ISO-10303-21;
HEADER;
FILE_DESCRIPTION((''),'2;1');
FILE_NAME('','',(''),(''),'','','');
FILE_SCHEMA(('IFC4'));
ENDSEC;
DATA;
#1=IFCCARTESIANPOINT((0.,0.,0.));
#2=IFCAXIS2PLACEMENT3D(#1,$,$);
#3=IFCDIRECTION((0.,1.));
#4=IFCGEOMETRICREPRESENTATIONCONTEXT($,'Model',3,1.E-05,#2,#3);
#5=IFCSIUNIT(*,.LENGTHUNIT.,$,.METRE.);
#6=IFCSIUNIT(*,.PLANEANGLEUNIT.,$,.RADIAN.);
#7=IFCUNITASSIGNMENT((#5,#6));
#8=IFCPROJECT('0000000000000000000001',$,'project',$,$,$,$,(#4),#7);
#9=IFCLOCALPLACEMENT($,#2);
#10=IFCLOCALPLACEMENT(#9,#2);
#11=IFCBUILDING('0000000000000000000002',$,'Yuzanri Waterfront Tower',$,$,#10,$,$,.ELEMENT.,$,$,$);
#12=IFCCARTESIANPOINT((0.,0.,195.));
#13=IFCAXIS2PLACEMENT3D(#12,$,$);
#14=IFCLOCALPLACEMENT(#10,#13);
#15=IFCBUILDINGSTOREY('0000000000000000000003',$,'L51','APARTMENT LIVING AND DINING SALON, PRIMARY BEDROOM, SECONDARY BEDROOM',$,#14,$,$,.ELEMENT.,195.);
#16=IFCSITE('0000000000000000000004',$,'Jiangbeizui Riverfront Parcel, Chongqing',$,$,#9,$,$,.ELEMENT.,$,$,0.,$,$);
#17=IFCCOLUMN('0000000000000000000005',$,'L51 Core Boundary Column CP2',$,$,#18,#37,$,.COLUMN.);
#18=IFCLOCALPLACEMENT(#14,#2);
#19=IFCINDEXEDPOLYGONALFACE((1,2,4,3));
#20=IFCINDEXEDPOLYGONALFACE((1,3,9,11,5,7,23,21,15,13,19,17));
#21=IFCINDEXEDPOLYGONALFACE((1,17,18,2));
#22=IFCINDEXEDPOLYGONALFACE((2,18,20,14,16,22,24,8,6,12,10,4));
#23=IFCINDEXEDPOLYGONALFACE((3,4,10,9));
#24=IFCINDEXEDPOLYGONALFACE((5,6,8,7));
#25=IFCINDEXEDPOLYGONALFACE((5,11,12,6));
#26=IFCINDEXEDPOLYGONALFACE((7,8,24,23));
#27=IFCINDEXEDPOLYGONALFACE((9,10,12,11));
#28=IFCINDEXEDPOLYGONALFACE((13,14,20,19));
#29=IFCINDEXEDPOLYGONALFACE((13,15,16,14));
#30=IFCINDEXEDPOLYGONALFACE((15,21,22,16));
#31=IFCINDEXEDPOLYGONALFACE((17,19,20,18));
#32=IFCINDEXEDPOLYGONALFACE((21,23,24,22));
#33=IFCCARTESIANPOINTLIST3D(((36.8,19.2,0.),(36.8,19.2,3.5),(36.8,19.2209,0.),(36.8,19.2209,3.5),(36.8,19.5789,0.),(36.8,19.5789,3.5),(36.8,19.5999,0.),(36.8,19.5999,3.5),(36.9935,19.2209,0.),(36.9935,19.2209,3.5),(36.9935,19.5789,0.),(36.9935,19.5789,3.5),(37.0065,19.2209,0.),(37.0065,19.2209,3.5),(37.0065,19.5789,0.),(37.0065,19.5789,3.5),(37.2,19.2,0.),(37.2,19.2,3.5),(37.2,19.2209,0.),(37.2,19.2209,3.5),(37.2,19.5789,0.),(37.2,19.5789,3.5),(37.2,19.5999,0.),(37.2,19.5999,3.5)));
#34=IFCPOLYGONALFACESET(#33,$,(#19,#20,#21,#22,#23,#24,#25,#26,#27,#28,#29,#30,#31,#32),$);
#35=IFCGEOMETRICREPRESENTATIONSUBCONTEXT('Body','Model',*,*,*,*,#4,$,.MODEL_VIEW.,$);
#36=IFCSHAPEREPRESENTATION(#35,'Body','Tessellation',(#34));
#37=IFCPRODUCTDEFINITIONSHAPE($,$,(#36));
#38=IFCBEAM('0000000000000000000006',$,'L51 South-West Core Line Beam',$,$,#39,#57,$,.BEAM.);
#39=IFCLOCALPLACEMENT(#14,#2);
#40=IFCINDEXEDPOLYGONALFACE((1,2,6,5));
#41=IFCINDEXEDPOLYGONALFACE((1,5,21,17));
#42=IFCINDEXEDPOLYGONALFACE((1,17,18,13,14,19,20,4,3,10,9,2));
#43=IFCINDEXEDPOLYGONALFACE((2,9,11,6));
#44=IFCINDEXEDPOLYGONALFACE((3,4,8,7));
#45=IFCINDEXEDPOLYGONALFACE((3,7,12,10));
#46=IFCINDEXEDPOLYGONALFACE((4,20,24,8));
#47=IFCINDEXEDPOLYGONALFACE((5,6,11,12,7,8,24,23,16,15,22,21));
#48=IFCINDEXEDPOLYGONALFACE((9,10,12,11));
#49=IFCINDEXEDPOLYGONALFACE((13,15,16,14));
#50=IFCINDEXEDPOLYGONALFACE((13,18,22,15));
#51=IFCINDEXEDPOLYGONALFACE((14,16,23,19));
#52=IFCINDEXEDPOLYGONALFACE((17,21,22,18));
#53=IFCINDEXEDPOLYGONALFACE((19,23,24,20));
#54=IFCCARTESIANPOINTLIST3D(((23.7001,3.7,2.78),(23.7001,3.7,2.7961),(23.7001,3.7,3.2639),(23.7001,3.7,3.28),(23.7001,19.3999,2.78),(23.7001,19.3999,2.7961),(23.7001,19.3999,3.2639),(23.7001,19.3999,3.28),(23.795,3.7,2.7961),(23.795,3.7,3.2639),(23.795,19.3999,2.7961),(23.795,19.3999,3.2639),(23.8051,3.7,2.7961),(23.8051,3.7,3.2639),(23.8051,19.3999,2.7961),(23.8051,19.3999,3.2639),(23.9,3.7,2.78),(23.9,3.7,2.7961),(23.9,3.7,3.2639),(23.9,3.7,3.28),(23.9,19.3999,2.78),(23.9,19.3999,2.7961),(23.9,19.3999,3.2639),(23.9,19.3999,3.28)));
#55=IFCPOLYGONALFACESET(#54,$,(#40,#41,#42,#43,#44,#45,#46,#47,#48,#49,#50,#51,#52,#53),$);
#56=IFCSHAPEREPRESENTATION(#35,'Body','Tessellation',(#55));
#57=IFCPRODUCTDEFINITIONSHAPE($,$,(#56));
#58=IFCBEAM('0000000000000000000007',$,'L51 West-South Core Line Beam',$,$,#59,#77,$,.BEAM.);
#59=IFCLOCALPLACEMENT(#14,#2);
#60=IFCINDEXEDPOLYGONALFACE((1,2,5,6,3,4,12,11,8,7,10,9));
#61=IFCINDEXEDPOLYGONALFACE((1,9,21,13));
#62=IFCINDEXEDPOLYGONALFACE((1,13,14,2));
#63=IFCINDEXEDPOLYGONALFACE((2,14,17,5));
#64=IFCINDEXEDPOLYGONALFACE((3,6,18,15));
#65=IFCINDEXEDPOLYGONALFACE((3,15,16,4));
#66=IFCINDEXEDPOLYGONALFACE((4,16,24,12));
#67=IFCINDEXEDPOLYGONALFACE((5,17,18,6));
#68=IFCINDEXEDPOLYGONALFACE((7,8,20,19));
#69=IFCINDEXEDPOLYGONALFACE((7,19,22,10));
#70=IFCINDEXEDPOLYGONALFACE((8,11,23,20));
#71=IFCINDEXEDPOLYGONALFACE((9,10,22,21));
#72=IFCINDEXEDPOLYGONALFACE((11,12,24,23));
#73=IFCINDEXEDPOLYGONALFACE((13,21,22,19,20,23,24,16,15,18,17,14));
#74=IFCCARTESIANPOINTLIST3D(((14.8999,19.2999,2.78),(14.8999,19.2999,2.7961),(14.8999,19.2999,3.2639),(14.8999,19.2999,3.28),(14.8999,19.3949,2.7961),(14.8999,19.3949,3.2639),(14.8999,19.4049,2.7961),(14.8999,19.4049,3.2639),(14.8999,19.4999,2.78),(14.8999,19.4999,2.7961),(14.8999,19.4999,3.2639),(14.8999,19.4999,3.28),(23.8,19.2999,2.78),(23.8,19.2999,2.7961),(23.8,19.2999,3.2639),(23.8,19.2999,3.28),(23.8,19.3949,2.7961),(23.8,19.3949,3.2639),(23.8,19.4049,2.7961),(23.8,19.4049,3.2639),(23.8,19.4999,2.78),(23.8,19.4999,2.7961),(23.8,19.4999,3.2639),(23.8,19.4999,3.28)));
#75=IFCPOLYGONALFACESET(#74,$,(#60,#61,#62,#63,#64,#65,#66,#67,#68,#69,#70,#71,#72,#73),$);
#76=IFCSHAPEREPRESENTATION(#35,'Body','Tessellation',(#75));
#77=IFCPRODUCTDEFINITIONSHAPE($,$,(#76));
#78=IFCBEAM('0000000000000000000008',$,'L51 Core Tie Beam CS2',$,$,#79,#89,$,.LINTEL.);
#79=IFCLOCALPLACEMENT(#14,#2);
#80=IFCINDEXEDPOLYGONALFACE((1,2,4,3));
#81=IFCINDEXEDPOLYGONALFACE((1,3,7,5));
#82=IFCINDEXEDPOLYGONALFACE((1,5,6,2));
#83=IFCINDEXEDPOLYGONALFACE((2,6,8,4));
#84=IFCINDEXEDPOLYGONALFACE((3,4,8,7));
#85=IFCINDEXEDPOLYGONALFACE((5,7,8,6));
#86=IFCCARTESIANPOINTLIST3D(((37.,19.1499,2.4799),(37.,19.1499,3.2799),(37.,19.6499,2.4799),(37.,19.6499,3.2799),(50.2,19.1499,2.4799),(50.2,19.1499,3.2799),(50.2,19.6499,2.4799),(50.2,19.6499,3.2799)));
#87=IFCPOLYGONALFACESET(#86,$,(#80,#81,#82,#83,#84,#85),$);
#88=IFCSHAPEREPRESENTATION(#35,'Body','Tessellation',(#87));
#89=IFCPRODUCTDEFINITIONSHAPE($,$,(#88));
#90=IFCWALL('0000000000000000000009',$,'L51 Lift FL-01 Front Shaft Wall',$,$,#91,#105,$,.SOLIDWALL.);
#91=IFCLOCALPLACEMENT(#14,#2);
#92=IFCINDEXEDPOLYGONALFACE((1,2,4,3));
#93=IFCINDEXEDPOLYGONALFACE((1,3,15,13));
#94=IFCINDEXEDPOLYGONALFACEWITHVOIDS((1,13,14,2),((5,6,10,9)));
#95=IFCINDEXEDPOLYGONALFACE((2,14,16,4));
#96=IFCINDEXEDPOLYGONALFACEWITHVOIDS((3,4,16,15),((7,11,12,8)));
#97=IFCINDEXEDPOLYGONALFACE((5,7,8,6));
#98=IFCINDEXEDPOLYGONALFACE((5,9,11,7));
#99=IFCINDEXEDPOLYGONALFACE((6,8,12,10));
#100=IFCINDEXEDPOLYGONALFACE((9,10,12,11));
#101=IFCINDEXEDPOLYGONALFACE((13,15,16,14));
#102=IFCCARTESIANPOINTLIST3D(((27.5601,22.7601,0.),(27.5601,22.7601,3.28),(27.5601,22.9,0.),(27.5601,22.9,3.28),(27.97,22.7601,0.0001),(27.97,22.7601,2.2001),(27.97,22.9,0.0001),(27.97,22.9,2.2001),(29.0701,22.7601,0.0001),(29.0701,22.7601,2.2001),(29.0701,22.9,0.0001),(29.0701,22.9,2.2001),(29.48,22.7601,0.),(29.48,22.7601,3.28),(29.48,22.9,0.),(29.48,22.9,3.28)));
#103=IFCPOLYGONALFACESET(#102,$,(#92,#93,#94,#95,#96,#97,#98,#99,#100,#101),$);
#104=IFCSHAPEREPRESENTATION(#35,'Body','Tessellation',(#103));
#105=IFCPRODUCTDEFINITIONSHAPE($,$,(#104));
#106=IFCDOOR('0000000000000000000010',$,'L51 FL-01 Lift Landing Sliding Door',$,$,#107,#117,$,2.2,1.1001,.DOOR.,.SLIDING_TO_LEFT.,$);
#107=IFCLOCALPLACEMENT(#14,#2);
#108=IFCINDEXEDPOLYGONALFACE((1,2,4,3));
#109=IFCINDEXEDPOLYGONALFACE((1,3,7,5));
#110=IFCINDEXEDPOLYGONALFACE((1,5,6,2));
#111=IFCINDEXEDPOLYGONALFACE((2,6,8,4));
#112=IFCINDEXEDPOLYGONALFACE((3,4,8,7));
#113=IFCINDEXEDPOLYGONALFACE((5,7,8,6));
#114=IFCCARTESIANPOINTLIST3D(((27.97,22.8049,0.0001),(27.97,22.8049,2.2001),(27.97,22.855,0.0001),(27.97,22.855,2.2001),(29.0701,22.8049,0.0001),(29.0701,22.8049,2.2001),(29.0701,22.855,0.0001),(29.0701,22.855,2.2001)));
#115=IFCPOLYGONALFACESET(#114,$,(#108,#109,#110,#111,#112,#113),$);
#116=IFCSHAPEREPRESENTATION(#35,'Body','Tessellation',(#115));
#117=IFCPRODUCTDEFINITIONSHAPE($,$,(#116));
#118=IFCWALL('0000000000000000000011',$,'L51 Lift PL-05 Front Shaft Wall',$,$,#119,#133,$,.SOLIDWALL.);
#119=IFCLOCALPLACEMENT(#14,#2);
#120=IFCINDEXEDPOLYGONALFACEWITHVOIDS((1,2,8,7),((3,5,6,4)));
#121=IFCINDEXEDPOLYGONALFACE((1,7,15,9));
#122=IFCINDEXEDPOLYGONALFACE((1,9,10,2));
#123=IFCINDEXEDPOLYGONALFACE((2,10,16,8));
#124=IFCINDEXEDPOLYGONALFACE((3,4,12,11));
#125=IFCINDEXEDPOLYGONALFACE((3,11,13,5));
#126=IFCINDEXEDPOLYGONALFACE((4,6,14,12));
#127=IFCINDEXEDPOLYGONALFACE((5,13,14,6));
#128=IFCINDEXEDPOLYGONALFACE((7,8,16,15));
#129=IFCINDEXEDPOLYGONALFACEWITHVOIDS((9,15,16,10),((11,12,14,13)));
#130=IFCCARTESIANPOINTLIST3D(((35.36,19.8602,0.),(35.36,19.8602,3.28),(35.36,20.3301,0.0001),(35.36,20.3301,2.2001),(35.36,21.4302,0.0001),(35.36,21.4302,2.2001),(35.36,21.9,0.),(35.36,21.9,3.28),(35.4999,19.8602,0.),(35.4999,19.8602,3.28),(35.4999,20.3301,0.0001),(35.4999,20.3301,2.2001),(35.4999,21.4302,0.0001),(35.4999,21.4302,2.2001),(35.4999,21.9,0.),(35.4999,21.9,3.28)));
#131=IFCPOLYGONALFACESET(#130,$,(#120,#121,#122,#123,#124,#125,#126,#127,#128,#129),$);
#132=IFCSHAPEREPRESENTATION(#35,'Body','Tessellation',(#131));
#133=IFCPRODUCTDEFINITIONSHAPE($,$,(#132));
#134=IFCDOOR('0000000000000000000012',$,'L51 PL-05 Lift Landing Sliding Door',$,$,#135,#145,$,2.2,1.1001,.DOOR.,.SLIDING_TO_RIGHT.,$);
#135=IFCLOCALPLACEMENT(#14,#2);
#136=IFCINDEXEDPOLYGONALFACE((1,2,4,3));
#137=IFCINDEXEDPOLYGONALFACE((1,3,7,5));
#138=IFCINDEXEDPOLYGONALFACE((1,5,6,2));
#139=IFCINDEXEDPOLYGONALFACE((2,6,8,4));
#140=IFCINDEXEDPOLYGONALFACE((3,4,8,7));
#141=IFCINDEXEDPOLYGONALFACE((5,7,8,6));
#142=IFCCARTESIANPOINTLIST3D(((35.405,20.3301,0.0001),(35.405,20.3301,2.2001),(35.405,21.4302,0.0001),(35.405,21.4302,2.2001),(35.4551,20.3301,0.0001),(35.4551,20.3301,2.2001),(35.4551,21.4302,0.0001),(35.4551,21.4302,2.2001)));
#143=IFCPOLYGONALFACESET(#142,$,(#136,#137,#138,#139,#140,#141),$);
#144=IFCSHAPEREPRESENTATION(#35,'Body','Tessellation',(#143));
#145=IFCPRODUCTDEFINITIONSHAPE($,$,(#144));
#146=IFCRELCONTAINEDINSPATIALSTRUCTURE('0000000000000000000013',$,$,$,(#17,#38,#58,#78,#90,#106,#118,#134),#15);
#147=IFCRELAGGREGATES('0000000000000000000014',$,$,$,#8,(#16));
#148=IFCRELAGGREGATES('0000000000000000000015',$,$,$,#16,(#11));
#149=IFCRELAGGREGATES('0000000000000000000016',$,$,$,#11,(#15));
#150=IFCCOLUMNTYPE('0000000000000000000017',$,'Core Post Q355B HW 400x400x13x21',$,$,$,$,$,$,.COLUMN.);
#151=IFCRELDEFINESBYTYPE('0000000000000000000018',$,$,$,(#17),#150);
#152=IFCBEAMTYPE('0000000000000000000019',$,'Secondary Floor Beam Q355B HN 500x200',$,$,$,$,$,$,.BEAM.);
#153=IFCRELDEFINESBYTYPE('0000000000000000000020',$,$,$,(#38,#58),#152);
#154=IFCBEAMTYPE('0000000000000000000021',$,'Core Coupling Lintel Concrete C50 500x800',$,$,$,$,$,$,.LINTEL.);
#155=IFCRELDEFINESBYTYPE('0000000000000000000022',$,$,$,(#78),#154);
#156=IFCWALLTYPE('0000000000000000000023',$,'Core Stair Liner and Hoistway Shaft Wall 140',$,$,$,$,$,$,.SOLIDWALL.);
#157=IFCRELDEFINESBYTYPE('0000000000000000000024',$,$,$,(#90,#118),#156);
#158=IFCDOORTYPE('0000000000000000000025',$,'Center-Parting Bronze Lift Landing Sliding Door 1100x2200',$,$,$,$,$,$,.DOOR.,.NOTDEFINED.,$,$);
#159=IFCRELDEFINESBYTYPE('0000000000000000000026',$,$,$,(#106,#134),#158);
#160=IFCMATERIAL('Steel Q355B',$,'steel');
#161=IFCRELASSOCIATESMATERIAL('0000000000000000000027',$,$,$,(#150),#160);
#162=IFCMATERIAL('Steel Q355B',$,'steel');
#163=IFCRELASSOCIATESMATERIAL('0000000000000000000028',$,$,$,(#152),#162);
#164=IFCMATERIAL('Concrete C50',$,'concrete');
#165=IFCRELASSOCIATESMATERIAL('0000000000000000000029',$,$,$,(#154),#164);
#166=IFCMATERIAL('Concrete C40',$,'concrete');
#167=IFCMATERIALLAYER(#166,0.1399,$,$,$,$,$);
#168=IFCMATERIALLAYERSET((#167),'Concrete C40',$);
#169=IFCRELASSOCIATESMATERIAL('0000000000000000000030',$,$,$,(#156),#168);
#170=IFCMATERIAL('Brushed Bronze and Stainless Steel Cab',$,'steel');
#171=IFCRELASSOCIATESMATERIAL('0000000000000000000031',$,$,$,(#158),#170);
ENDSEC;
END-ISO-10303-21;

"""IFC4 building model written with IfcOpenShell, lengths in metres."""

from ifc_helpers import new_model, si_unit, direction, frame, frame_2d, origin, origin_2d, place, context, subcontext, project, spatial, rectangle, i_section, extrude, source, transform, mapped, material, layer, layer_set, material_profile, profile_set, type_object, element, fill, save


model = new_model("IFC4")

# Units and contexts
model_context = context("Model", 3, precision=1e-05, world=origin(), true_north=direction((0.0, 1.0)))
body_context = subcontext(model_context, "Body", "Model", "MODEL_VIEW")
ifc_project = project(units=[si_unit("LENGTHUNIT", "METRE"), si_unit("PLANEANGLEUNIT", "RADIAN")], contexts=[model_context])

# Site, building, storey
site_placement = place(None, origin())
site = spatial("IfcSite", under=ifc_project, at=site_placement, Name="Jiangbeizui Riverfront Parcel, Chongqing", CompositionType="ELEMENT", RefElevation=0.0)
building_placement = place(site_placement, origin())
building = spatial("IfcBuilding", under=site, at=building_placement, Name="Yuzanri Waterfront Tower", CompositionType="ELEMENT")
storey_placement = place(building_placement, frame((0.0, 0.0, 195.0)))
storey = spatial("IfcBuildingStorey", under=building, at=storey_placement, Name="L51", Description="APARTMENT LIVING AND DINING SALON, PRIMARY BEDROOM, SECONDARY BEDROOM", CompositionType="ELEMENT", Elevation=195.0)

# Column
ifc_material_1 = material(Name="Steel Q355B", Category="steel")
ifc_material_profile_1 = material_profile(ifc_material_1, i_section(OverallWidth=0.3999, OverallDepth=0.3999, WebThickness=0.0129, FlangeThickness=0.021, at=origin_2d()), Name="HW 400x400x13x21")
ifc_profile_set_1 = profile_set([ifc_material_profile_1], Name="Steel Q355B")
column_type = type_object("IfcColumnType", Name="Core Post Q355B HW 400x400x13x21", PredefinedType="COLUMN", material=ifc_profile_set_1)
shared_shape_1 = source(origin(), body_context, "Body", "SweptSolid", [
    extrude(i_section(OverallWidth=0.3999, OverallDepth=0.3999, WebThickness=0.0129, FlangeThickness=0.021, at=origin_2d()), origin(), (0.0, 0.0, 1.0), 3.5),
])
column_placement = place(storey_placement, frame((37.0, 19.3999, 0.0), z_axis=(0.0, 0.0, 1.0), x_axis=(1.0, 0.0, 0.0)))
element("IfcColumn", 1, at=column_placement, inside=storey, type_object=column_type, Name="L51 Core Boundary Column CP2", PredefinedType="COLUMN", context=body_context, shape_type="MappedRepresentation", body=[
    mapped(shared_shape_1, transform((0.0, 0.0, 0.0), scale=1.0)),
])

# Beams
ifc_material_2 = material(Name="Steel Q355B", Category="steel")
ifc_material_profile_2 = material_profile(ifc_material_2, i_section(OverallWidth=0.2, OverallDepth=0.5, WebThickness=0.01, FlangeThickness=0.0161, at=origin_2d()), Name="HN 500x200x10x16")
ifc_profile_set_2 = profile_set([ifc_material_profile_2], Name="Steel Q355B")
beam_type_1 = type_object("IfcBeamType", Name="Secondary Floor Beam Q355B HN 500x200", PredefinedType="BEAM", material=ifc_profile_set_2)
shared_shape_2 = source(origin(), body_context, "Body", "SweptSolid", [
    extrude(i_section(OverallWidth=0.2, OverallDepth=0.5, WebThickness=0.01, FlangeThickness=0.0161, at=origin_2d()), origin(), (0.0, 0.0, 1.0), 15.7),
])
beam_1_placement = place(storey_placement, frame((23.8, 19.3999, 3.03), z_axis=(0.0, -1.0, 0.0), x_axis=(1.0, 0.0, 0.0)))
element("IfcBeam", 2, at=beam_1_placement, inside=storey, type_object=beam_type_1, Name="L51 South-West Core Line Beam", PredefinedType="BEAM", context=body_context, shape_type="MappedRepresentation", body=[
    mapped(shared_shape_2, transform((0.0, 0.0, 0.0), scale=1.0)),
])
shared_shape_3 = source(origin(), body_context, "Body", "SweptSolid", [
    extrude(i_section(OverallWidth=0.2, OverallDepth=0.5, WebThickness=0.01, FlangeThickness=0.0161, at=origin_2d()), origin(), (0.0, 0.0, 1.0), 8.9001),
])
beam_2_placement = place(storey_placement, frame((23.8, 19.3999, 3.03), z_axis=(-1.0, 0.0, 0.0), x_axis=(0.0, -1.0, 0.0)))
element("IfcBeam", 3, at=beam_2_placement, inside=storey, type_object=beam_type_1, Name="L51 West-South Core Line Beam", PredefinedType="BEAM", context=body_context, shape_type="MappedRepresentation", body=[
    mapped(shared_shape_3, transform((0.0, 0.0, 0.0), scale=1.0)),
])
ifc_material_3 = material(Name="Concrete C50", Category="concrete")
ifc_material_profile_3 = material_profile(ifc_material_3, rectangle(XDim=0.5, YDim=0.8, at=origin_2d()), Name="RC 500x800")
ifc_profile_set_3 = profile_set([ifc_material_profile_3], Name="Concrete C50")
beam_type_2 = type_object("IfcBeamType", Name="Core Coupling Lintel Concrete C50 500x800", PredefinedType="LINTEL", material=ifc_profile_set_3)
shared_shape_4 = source(origin(), body_context, "Body", "SweptSolid", [
    extrude(rectangle(XDim=0.5, YDim=0.8, at=origin_2d()), origin(), (0.0, 0.0, 1.0), 13.2),
])
beam_3_placement = place(storey_placement, frame((37.0, 19.3999, 2.8799), z_axis=(1.0, 0.0, 0.0), x_axis=(0.0, 1.0, 0.0)))
element("IfcBeam", 4, at=beam_3_placement, inside=storey, type_object=beam_type_2, Name="L51 Core Tie Beam CS2", PredefinedType="LINTEL", context=body_context, shape_type="MappedRepresentation", body=[
    mapped(shared_shape_4, transform((0.0, 0.0, 0.0), scale=1.0)),
])

# Walls, openings, doors
ifc_material_4 = material(Name="Concrete C40", Category="concrete")
ifc_layer_1 = layer(ifc_material_4, 0.1399)
ifc_layer_set_1 = layer_set([ifc_layer_1], Name="Concrete C40")
wall_type_1 = type_object("IfcWallType", Name="Core Stair Liner and Hoistway Shaft Wall 140", PredefinedType="SOLIDWALL", material=ifc_layer_set_1)
wall_1_placement = place(storey_placement, frame((27.5601, 22.8301, 0.0), z_axis=(0.0, 0.0, 1.0), x_axis=(1.0, 0.0, 0.0)))
wall_1 = element("IfcWall", 5, at=wall_1_placement, inside=storey, type_object=wall_type_1, Name="L51 Lift FL-01 Front Shaft Wall", PredefinedType="SOLIDWALL", context=body_context, shape_type="SweptSolid", body=[
    extrude(rectangle(XDim=1.9199, YDim=0.1399, at=frame_2d((0.96, 0.0))), origin(), (0.0, 0.0, 1.0), 3.28),
])
opening_1_placement = place(wall_1_placement, frame((0.4099, 0.0, 0.0)))
opening_1 = element("IfcOpeningElement", 6, at=opening_1_placement, cuts=wall_1, PredefinedType="OPENING", context=body_context, shape_type="SweptSolid", body=[
    extrude(rectangle(XDim=1.1001, YDim=2.2, at=frame_2d((0.55, 1.1001))), frame((0.0, 0.085, 0.0), z_axis=(0.0, -1.0, 0.0), x_axis=(1.0, 0.0, 0.0)), (0.0, 0.0, 1.0), 0.1697),
])
ifc_material_5 = material(Name="Brushed Bronze and Stainless Steel Cab", Category="steel")
door_type_1 = type_object("IfcDoorType", Name="Center-Parting Bronze Lift Landing Sliding Door 1100x2200", OperationType="NOTDEFINED", PredefinedType="DOOR", material=ifc_material_5)
shared_shape_5 = source(origin(), body_context, "Body", "SweptSolid", [
    extrude(rectangle(XDim=1.1001, YDim=2.2, at=frame_2d((0.55, 1.1001))), frame((0.0, 0.0249, 0.0), z_axis=(0.0, -1.0, 0.0), x_axis=(1.0, 0.0, 0.0)), (0.0, 0.0, 1.0), 0.05),
])
door_1_placement = place(opening_1_placement, origin())
door_1 = element("IfcDoor", 7, at=door_1_placement, inside=storey, type_object=door_type_1, Name="L51 FL-01 Lift Landing Sliding Door", OperationType="SLIDING_TO_LEFT", OverallHeight=2.2, OverallWidth=1.1001, PredefinedType="DOOR", context=body_context, shape_type="MappedRepresentation", body=[
    mapped(shared_shape_5, transform((0.0, 0.0, 0.0), scale=1.0)),
])
fill(opening_1, door_1)
wall_2_placement = place(storey_placement, frame((35.4299, 19.8601, 0.0), z_axis=(0.0, 0.0, 1.0), x_axis=(0.0, 1.0, 0.0)))
wall_2 = element("IfcWall", 8, at=wall_2_placement, inside=storey, type_object=wall_type_1, Name="L51 Lift PL-05 Front Shaft Wall", PredefinedType="SOLIDWALL", context=body_context, shape_type="SweptSolid", body=[
    extrude(rectangle(XDim=2.0398, YDim=0.1399, at=frame_2d((1.02, 0.0))), origin(), (0.0, 0.0, 1.0), 3.28),
])
opening_2_placement = place(wall_2_placement, frame((0.47, 0.0, 0.0)))
opening_2 = element("IfcOpeningElement", 9, at=opening_2_placement, cuts=wall_2, PredefinedType="OPENING", context=body_context, shape_type="SweptSolid", body=[
    extrude(rectangle(XDim=1.1001, YDim=2.2, at=frame_2d((0.55, 1.1001))), frame((0.0, 0.085, 0.0), z_axis=(0.0, -1.0, 0.0), x_axis=(1.0, 0.0, 0.0)), (0.0, 0.0, 1.0), 0.1697),
])
door_2_placement = place(opening_2_placement, origin())
door_2 = element("IfcDoor", 10, at=door_2_placement, inside=storey, type_object=door_type_1, Name="L51 PL-05 Lift Landing Sliding Door", OperationType="SLIDING_TO_RIGHT", OverallHeight=2.2, OverallWidth=1.1001, PredefinedType="DOOR", context=body_context, shape_type="MappedRepresentation", body=[
    mapped(shared_shape_5, transform((0.0, 0.0, 0.0), scale=1.0)),
])
fill(opening_2, door_2)

save(model, "model.ifc")
